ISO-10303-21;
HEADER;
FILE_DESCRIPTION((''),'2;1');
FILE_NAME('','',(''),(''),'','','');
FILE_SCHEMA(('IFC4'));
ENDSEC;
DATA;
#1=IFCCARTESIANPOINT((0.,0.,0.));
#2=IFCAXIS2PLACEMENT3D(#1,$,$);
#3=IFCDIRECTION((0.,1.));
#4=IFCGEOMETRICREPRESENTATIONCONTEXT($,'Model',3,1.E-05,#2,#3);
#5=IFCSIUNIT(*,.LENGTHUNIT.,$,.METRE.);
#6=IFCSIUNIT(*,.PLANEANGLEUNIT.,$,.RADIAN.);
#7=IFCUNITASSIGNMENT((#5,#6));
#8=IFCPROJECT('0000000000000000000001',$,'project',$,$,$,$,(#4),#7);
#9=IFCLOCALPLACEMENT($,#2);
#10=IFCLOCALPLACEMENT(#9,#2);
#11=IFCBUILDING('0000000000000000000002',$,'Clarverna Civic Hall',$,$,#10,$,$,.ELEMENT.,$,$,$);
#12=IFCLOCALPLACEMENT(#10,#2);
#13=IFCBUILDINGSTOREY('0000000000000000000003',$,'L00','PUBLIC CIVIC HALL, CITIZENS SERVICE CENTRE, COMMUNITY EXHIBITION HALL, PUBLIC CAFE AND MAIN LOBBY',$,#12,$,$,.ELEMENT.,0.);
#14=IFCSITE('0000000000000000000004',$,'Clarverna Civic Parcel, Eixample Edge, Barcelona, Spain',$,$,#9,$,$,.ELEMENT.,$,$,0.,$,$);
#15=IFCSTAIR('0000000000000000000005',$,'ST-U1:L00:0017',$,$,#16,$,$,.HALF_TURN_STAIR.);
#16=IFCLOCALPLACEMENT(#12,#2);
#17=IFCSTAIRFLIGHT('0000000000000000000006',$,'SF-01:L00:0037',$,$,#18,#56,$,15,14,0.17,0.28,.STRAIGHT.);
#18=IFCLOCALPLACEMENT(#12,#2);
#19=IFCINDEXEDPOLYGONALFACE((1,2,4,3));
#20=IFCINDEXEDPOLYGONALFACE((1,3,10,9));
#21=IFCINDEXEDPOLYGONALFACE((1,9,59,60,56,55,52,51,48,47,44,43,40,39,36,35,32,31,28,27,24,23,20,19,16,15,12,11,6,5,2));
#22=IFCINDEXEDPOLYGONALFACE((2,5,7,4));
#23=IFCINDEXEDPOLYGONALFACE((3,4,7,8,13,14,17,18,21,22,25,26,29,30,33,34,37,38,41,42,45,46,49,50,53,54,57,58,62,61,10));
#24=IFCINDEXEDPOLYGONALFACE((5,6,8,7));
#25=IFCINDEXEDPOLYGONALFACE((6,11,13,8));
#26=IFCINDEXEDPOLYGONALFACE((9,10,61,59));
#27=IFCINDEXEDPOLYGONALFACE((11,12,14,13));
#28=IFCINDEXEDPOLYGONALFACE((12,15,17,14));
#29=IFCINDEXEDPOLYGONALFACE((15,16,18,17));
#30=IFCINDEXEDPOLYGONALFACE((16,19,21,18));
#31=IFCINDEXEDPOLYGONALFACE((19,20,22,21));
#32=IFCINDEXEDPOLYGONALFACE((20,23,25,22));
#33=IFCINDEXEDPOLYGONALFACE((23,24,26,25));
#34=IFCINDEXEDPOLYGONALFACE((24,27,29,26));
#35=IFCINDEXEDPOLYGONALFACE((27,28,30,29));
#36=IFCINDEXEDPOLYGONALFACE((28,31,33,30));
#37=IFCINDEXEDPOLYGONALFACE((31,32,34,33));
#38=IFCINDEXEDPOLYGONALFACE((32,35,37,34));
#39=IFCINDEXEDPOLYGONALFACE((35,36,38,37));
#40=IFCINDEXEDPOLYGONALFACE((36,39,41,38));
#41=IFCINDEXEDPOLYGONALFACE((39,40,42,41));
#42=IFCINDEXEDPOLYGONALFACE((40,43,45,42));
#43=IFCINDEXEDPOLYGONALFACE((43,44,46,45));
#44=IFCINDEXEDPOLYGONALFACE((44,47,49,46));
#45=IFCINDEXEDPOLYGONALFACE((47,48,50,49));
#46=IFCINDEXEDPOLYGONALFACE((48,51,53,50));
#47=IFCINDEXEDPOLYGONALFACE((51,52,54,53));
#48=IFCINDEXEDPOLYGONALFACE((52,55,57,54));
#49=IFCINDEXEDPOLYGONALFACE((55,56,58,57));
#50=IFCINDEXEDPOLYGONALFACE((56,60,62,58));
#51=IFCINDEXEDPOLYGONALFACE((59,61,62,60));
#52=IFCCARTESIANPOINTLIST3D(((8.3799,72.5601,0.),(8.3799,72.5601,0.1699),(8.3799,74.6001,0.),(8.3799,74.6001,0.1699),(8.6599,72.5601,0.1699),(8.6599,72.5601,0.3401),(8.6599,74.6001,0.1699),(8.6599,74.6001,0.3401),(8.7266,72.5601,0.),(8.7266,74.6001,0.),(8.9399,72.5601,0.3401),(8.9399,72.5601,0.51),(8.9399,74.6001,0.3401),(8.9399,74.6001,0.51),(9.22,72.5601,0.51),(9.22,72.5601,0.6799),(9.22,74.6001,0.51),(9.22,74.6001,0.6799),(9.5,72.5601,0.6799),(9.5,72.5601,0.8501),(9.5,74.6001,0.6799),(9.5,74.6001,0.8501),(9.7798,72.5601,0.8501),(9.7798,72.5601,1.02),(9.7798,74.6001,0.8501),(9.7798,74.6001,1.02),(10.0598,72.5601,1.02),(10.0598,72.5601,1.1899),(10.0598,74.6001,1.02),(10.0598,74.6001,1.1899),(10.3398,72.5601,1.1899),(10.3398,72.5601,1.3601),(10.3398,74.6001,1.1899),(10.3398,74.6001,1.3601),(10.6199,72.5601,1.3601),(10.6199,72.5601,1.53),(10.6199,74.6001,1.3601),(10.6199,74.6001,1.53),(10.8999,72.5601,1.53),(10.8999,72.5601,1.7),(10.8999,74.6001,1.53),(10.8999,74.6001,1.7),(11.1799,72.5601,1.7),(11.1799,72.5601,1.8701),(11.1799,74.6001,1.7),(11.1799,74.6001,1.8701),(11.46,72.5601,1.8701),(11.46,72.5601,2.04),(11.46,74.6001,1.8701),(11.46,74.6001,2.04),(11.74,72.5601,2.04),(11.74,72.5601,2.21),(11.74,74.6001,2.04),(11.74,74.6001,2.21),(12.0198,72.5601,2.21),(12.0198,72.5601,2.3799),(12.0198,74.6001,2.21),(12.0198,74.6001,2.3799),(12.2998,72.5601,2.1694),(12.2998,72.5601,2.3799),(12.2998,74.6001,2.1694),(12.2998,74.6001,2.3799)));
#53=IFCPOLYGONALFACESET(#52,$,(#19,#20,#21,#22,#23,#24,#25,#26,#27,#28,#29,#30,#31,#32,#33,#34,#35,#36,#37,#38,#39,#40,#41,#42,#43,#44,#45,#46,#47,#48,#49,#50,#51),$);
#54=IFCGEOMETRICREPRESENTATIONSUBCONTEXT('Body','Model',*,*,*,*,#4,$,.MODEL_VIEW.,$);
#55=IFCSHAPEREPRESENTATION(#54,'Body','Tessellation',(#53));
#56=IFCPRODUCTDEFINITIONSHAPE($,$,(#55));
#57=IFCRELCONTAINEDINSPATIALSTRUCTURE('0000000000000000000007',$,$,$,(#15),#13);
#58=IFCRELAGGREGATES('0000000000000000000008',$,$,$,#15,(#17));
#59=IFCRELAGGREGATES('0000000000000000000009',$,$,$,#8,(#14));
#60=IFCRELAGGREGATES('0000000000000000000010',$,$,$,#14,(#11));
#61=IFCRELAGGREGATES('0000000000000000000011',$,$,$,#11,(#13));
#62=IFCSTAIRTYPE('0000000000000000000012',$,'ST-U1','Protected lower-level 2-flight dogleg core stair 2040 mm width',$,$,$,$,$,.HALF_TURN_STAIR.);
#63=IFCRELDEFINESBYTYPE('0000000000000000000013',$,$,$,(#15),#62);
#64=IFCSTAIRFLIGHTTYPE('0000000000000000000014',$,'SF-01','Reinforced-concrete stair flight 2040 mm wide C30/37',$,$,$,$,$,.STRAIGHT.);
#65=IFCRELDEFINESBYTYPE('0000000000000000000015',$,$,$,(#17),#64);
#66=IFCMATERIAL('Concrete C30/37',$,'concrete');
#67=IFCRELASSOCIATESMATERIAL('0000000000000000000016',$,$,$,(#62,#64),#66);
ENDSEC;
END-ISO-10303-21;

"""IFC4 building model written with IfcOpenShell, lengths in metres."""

from ifc_helpers import new_model, si_unit, direction, frame, origin, place, context, subcontext, project, spatial, polyline, outline, extrude, material, type_object, element, aggregate, save


model = new_model("IFC4")

# Units and contexts
model_context = context("Model", 3, precision=1e-05, world=origin(), true_north=direction((0.0, 1.0)))
body_context = subcontext(model_context, "Body", "Model", "MODEL_VIEW")
ifc_project = project(units=[si_unit("LENGTHUNIT", "METRE"), si_unit("PLANEANGLEUNIT", "RADIAN")], contexts=[model_context])

# Site, building, storey
site_placement = place(None, origin())
site = spatial("IfcSite", under=ifc_project, at=site_placement, Name="Clarverna Civic Parcel, Eixample Edge, Barcelona, Spain", CompositionType="ELEMENT", RefElevation=0.0)
building_placement = place(site_placement, origin())
building = spatial("IfcBuilding", under=site, at=building_placement, Name="Clarverna Civic Hall", CompositionType="ELEMENT")
storey_placement = place(building_placement, origin())
storey = spatial("IfcBuildingStorey", under=building, at=storey_placement, Name="L00", Description="PUBLIC CIVIC HALL, CITIZENS SERVICE CENTRE, COMMUNITY EXHIBITION HALL, PUBLIC CAFE AND MAIN LOBBY", CompositionType="ELEMENT", Elevation=0.0)

# Stair, stair flight
ifc_material_1 = material(Name="Concrete C30/37", Category="concrete")
stair_type = type_object("IfcStairType", Name="ST-U1", Description="Protected lower-level 2-flight dogleg core stair 2040 mm width", PredefinedType="HALF_TURN_STAIR", material=ifc_material_1)
stair_placement = place(storey_placement, origin())
stair = element("IfcStair", 1, at=stair_placement, inside=storey, type_object=stair_type, Name="ST-U1:L00:0017", PredefinedType="HALF_TURN_STAIR")
stair_flight_type = type_object("IfcStairFlightType", Name="SF-01", Description="Reinforced-concrete stair flight 2040 mm wide C30/37", PredefinedType="STRAIGHT", material=ifc_material_1)
stair_flight_placement = place(storey_placement, frame((8.3799, 73.5801, 0.0), z_axis=(0.0, 0.0, 1.0), x_axis=(1.0, 0.0, 0.0)))
stair_flight = element("IfcStairFlight", 2, at=stair_flight_placement, type_object=stair_flight_type, Name="SF-01:L00:0037", NumberOfRisers=15, NumberOfTreads=14, PredefinedType="STRAIGHT", RiserHeight=0.17, TreadLength=0.28, context=body_context, shape_type="SweptSolid", body=[
    extrude(outline(polyline([(0.0, 0.0), (0.0, 0.1699), (0.28, 0.1699), (0.28, 0.3401), (0.5601, 0.3401), (0.5601, 0.51), (0.8401, 0.51), (0.8401, 0.6799), (1.1201, 0.6799), (1.1201, 0.8501), (1.3999, 0.8501), (1.3999, 1.02), (1.6799, 1.02), (1.6799, 1.1899), (1.96, 1.1899), (1.96, 1.3601), (2.24, 1.3601), (2.24, 1.53), (2.52, 1.53), (2.52, 1.7), (2.8, 1.7), (2.8, 1.8701), (3.0801, 1.8701), (3.0801, 2.04), (3.3601, 2.04), (3.3601, 2.21), (3.6399, 2.21), (3.6399, 2.3799), (3.9199, 2.3799), (3.9199, 2.55), (3.9199, 2.1694), (0.3467, 0.0), (0.0, 0.0)])), frame((0.0, 1.02, 0.0), z_axis=(0.0, -1.0, 0.0), x_axis=(1.0, 0.0, 0.0)), (0.0, 0.0, 1.0), 2.04),
])
aggregate(stair, [stair_flight])

save(model, "model.ifc")
